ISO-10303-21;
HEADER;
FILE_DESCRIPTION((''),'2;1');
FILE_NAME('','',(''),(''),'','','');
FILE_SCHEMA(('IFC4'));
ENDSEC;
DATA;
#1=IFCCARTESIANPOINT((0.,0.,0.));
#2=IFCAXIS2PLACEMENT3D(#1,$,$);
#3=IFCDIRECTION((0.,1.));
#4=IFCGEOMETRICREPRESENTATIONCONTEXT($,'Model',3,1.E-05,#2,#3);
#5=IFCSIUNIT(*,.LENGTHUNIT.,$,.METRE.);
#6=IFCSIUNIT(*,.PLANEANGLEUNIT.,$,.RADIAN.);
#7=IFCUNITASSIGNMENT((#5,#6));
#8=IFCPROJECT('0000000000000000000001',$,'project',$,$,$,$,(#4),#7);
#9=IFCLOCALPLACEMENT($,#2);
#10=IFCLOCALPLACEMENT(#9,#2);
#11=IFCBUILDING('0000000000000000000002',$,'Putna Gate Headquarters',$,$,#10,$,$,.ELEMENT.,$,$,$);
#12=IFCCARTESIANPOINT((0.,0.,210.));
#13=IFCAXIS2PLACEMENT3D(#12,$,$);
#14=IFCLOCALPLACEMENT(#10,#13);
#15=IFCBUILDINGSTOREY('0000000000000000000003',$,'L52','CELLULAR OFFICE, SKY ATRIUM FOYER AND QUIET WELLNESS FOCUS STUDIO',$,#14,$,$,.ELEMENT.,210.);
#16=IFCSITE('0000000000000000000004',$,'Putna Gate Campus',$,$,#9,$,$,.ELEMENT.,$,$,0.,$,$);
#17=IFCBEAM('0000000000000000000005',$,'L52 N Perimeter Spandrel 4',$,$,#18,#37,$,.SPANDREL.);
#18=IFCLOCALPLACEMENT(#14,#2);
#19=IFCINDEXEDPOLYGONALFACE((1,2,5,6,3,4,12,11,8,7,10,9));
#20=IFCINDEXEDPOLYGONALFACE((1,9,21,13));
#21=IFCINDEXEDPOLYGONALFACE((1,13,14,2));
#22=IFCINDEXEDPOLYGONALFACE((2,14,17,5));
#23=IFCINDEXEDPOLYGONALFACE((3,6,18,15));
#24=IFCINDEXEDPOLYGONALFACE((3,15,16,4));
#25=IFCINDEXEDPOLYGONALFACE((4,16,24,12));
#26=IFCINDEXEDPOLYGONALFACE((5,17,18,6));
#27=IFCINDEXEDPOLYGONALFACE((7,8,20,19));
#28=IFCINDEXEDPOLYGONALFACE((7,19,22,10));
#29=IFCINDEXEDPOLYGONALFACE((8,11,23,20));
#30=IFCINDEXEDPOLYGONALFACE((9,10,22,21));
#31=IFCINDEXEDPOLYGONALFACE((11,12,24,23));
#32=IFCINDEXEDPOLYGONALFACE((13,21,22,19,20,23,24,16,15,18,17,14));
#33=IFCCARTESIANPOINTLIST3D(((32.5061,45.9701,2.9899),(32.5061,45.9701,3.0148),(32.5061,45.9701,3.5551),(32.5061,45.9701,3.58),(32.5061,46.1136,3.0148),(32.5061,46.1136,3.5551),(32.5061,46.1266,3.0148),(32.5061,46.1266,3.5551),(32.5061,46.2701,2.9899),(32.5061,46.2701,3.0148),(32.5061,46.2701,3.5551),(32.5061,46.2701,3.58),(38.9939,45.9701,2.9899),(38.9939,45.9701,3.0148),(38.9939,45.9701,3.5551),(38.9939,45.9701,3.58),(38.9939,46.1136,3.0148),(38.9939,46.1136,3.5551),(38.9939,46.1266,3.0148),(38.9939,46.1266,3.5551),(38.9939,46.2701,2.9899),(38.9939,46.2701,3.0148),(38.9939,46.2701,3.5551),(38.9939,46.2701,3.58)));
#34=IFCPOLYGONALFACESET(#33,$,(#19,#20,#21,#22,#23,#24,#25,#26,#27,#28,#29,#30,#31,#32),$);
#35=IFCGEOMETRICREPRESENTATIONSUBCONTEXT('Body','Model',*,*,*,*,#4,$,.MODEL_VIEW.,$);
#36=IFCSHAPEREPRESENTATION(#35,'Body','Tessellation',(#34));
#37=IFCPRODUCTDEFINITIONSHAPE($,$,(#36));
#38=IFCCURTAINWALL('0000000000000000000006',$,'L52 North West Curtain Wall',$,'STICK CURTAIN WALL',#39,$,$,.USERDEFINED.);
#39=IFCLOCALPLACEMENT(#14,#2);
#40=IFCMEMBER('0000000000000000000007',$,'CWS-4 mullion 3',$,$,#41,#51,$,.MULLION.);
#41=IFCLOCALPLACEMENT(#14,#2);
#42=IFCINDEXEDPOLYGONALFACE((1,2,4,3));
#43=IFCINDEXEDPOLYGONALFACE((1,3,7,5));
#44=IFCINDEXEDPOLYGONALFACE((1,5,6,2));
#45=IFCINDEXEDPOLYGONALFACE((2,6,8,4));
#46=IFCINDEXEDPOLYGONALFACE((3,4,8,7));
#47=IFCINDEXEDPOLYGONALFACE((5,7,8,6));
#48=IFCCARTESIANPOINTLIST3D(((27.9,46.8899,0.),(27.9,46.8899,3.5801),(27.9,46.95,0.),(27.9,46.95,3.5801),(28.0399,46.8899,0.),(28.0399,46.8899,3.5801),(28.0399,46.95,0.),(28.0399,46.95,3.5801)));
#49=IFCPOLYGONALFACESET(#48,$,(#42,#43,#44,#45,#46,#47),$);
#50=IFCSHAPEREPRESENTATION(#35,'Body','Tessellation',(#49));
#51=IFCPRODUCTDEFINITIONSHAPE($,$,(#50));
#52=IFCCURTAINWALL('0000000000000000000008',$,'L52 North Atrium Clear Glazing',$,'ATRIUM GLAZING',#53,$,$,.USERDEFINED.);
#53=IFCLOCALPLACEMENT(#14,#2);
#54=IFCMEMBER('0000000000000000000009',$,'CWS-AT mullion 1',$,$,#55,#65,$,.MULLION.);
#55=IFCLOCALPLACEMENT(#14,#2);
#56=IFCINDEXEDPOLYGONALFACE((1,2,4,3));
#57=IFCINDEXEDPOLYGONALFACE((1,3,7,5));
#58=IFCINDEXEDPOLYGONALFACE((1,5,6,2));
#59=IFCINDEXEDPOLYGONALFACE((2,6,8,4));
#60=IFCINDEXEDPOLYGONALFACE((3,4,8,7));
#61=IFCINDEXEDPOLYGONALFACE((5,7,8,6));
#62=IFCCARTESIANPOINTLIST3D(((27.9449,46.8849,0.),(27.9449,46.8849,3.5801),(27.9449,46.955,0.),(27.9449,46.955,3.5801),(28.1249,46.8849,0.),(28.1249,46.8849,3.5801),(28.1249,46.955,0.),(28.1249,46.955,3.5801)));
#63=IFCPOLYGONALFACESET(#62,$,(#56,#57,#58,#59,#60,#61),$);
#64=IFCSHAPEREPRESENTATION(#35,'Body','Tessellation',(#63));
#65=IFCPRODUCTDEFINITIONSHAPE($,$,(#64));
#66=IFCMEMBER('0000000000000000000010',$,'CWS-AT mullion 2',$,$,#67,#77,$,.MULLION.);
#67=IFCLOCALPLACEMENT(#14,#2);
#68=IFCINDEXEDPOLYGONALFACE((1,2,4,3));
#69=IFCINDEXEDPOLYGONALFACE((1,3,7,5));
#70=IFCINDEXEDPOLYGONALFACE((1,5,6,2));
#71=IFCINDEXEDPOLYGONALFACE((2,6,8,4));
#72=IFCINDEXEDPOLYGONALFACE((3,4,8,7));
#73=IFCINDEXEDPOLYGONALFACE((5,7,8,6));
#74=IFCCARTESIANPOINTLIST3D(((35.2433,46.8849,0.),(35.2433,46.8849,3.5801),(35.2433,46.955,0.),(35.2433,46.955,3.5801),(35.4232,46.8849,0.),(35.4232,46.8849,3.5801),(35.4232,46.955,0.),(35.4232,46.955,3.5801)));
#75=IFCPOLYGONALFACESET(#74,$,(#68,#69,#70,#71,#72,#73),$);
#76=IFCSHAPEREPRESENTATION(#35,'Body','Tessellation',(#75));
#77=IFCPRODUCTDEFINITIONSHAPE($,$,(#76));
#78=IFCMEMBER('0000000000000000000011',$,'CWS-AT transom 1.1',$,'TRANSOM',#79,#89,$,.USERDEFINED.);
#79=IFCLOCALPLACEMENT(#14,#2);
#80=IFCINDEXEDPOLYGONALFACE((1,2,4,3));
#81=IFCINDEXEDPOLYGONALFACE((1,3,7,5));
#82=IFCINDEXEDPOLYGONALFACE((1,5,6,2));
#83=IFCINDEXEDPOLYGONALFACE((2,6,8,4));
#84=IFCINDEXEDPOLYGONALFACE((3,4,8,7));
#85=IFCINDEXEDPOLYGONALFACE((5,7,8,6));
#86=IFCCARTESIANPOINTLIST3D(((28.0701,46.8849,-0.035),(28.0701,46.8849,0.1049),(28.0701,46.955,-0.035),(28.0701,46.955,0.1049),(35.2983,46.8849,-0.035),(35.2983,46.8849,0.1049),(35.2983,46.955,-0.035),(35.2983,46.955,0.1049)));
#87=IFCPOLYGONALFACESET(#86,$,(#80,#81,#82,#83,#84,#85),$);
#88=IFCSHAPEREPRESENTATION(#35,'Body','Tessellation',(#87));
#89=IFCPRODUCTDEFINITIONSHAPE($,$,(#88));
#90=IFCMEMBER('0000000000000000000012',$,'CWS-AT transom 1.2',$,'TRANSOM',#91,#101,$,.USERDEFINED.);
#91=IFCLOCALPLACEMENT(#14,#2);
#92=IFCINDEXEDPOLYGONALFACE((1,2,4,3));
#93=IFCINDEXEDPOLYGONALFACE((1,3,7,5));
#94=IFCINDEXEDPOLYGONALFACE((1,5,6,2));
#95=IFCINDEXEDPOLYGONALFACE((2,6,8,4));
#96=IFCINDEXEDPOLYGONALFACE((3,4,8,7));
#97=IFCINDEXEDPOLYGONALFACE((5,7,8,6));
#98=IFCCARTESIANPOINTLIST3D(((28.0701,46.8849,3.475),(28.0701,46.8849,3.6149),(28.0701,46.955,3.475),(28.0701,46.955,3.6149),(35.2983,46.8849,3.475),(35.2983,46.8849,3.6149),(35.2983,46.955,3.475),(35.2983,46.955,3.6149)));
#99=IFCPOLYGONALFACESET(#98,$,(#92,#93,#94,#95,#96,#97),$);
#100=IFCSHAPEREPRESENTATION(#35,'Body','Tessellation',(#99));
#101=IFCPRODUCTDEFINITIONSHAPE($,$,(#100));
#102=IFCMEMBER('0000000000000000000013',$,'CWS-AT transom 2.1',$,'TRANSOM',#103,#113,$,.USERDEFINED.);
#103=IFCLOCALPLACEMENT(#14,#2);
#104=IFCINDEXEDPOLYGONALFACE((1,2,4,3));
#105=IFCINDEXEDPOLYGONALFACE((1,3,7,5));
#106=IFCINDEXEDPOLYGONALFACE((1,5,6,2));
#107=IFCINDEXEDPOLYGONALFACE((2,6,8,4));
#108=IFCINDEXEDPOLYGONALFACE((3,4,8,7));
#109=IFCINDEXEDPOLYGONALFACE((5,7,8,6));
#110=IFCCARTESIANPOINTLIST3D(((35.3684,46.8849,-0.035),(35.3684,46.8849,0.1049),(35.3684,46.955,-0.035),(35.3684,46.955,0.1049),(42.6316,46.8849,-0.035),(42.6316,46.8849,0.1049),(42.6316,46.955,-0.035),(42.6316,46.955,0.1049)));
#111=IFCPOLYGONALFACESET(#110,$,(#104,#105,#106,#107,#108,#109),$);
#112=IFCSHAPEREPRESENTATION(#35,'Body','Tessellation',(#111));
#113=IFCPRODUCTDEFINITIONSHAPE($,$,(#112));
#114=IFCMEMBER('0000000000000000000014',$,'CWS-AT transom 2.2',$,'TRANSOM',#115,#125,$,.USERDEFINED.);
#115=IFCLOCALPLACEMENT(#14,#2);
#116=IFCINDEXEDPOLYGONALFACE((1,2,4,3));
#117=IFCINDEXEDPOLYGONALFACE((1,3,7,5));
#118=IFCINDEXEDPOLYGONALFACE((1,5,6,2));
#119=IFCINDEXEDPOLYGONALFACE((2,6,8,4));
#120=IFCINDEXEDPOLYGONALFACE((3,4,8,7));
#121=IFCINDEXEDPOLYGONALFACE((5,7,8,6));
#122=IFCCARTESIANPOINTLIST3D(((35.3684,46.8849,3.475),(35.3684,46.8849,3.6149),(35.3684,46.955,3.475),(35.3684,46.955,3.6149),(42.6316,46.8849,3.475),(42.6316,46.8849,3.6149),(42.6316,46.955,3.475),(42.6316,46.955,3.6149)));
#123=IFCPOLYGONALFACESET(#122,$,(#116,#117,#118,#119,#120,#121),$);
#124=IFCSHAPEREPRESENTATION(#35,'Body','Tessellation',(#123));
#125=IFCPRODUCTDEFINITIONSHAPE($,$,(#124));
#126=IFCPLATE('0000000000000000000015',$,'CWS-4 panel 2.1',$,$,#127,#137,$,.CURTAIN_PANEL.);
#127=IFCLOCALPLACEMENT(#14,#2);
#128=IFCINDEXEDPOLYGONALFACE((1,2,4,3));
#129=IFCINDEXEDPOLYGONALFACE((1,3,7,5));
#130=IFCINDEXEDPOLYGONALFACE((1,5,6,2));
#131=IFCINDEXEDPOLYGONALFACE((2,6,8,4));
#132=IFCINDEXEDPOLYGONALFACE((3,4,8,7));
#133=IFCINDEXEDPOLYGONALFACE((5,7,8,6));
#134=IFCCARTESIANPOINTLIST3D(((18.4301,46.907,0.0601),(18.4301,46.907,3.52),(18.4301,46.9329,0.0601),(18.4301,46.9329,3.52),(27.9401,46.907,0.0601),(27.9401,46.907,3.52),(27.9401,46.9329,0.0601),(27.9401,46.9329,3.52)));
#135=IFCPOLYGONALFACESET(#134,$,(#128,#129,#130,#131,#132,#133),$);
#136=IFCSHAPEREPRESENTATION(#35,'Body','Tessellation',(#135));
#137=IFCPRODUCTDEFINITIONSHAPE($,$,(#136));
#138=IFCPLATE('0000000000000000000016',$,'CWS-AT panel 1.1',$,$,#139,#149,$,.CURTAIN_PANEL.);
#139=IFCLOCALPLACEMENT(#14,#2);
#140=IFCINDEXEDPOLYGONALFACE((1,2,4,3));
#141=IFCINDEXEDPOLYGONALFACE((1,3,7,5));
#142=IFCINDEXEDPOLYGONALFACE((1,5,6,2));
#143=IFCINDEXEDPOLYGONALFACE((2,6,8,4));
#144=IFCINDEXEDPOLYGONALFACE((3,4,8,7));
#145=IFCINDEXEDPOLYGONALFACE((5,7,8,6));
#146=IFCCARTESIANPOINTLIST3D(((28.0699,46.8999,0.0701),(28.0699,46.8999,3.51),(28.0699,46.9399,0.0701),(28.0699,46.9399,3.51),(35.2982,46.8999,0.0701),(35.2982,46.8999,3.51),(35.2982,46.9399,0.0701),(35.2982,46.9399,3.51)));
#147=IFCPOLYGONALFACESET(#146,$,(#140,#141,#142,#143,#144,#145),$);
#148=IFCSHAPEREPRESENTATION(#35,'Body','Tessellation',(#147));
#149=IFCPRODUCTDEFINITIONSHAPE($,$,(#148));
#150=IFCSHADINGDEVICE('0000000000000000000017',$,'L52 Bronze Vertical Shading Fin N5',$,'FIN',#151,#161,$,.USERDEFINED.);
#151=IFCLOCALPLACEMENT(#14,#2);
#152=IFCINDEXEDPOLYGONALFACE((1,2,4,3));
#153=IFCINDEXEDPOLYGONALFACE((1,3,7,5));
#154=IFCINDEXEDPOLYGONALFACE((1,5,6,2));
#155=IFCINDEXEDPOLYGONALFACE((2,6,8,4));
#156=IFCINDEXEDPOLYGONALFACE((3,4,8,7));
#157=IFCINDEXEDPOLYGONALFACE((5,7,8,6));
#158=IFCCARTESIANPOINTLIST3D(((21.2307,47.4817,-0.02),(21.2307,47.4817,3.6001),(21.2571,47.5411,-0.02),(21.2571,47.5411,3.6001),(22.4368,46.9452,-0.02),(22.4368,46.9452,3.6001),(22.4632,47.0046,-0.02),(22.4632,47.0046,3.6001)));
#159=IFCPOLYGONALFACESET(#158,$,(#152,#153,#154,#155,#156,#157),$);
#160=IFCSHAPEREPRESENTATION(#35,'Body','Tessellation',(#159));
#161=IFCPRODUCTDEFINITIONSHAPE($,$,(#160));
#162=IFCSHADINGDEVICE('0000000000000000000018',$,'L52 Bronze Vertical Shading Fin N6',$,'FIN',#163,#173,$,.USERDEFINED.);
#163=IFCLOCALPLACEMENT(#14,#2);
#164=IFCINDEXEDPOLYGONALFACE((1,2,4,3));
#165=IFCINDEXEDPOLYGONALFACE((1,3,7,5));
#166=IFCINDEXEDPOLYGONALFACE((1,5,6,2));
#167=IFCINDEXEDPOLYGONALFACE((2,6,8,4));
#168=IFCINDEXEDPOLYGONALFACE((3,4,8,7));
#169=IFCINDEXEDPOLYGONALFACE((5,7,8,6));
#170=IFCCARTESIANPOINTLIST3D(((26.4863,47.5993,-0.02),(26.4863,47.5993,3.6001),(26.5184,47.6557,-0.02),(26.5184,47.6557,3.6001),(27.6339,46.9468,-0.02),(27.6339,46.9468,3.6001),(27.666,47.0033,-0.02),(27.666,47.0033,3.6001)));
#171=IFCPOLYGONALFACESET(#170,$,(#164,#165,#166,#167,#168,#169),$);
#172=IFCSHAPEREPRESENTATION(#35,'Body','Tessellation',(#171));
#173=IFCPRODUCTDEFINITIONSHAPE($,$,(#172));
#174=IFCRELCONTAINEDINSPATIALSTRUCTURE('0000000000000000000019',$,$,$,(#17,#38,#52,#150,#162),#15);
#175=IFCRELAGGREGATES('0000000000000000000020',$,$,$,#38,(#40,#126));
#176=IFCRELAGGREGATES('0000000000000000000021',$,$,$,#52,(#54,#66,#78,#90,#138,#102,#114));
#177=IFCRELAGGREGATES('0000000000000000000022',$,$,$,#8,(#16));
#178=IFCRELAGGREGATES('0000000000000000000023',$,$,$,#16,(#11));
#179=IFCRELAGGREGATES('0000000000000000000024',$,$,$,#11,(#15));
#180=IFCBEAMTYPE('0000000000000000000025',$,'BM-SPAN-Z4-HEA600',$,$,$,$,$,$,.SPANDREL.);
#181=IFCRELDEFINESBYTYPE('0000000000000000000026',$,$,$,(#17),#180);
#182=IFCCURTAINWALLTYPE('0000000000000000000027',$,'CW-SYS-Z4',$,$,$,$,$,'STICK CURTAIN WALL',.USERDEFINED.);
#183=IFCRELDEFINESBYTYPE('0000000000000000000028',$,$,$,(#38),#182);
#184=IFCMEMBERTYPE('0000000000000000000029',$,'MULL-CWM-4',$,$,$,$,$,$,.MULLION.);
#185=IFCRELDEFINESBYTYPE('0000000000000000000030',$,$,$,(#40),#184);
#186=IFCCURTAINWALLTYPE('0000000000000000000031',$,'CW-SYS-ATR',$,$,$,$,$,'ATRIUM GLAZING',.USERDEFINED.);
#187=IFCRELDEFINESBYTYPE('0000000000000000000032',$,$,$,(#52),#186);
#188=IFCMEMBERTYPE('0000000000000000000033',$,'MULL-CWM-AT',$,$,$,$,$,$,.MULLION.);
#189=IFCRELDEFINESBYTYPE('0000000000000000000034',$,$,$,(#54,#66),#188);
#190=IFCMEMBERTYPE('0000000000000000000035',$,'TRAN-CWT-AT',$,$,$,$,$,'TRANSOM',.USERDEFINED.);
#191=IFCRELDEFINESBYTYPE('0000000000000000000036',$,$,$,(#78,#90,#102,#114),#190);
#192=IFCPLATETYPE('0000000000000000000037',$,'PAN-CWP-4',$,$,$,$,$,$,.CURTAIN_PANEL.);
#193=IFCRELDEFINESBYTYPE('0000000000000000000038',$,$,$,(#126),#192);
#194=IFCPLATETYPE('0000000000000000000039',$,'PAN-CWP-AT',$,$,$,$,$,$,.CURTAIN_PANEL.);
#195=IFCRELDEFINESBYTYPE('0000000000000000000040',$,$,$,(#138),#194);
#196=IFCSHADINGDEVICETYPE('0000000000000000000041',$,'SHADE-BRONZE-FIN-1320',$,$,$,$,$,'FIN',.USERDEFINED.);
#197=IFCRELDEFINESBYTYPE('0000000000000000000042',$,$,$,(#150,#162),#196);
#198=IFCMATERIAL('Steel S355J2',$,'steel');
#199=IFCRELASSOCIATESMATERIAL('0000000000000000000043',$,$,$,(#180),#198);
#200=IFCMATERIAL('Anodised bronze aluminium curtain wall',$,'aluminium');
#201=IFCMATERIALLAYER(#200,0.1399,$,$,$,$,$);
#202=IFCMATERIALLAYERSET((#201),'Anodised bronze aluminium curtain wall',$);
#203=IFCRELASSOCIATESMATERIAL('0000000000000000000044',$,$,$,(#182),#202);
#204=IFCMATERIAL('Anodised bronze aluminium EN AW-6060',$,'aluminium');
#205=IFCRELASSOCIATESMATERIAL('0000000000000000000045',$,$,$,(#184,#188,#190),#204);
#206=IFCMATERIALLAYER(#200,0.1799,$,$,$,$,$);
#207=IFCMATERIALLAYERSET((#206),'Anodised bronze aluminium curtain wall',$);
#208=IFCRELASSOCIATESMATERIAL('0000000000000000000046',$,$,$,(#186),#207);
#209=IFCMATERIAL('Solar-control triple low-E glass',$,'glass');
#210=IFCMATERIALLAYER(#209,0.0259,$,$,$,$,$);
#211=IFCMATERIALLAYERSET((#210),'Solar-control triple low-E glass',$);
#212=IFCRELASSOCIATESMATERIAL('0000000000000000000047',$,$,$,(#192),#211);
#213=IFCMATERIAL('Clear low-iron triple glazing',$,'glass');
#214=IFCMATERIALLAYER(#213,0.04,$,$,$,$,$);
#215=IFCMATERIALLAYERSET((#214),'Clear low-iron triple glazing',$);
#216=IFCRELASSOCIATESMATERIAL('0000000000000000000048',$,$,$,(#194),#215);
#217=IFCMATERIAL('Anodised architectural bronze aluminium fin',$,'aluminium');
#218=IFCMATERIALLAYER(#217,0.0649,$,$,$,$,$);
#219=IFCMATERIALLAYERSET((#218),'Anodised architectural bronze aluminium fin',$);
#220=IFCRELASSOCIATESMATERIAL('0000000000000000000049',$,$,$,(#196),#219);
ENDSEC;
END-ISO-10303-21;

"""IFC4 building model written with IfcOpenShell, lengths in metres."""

from ifc_helpers import new_model, si_unit, direction, frame, origin, origin_2d, place, context, subcontext, project, spatial, rectangle, i_section, extrude, material, layer, layer_set, material_profile, profile_set, type_object, element, aggregate, save


model = new_model("IFC4")

# Units and contexts
model_context = context("Model", 3, precision=1e-05, world=origin(), true_north=direction((0.0, 1.0)))
body_context = subcontext(model_context, "Body", "Model", "MODEL_VIEW")
ifc_project = project(units=[si_unit("LENGTHUNIT", "METRE"), si_unit("PLANEANGLEUNIT", "RADIAN")], contexts=[model_context])

# Site, building, storey
site_placement = place(None, origin())
site = spatial("IfcSite", under=ifc_project, at=site_placement, Name="Putna Gate Campus", CompositionType="ELEMENT", RefElevation=0.0)
building_placement = place(site_placement, origin())
building = spatial("IfcBuilding", under=site, at=building_placement, Name="Putna Gate Headquarters", CompositionType="ELEMENT")
storey_placement = place(building_placement, frame((0.0, 0.0, 210.0)))
storey = spatial("IfcBuildingStorey", under=building, at=storey_placement, Name="L52", Description="CELLULAR OFFICE, SKY ATRIUM FOYER AND QUIET WELLNESS FOCUS STUDIO", CompositionType="ELEMENT", Elevation=210.0)

# Beam
ifc_material_1 = material(Name="Steel S355J2", Category="steel")
ifc_material_profile_1 = material_profile(ifc_material_1, i_section(OverallWidth=0.3, OverallDepth=0.5901, WebThickness=0.0129, FlangeThickness=0.0249, at=origin_2d()), Name="Steel S355J2")
ifc_profile_set_1 = profile_set([ifc_material_profile_1], Name="Steel S355J2")
beam_type_1 = type_object("IfcBeamType", Name="BM-SPAN-Z4-HEA600", PredefinedType="SPANDREL", material=ifc_profile_set_1)
for number, where, z_axis, x_axis, name in (
    (1, (32.5061, 46.1201, 3.2849), (1.0, 0.0, 0.0), (0.0, 1.0, 0.0), "L52 N Perimeter Spandrel 4"),
):
    element("IfcBeam", number, at=place(storey_placement, frame(where, z_axis=z_axis, x_axis=x_axis)), inside=storey, type_object=beam_type_1, Name=name, PredefinedType="SPANDREL", context=body_context, shape_type="SweptSolid", body=[
        extrude(i_section(OverallWidth=0.3, OverallDepth=0.5901, WebThickness=0.0129, FlangeThickness=0.0249, at=origin_2d()), origin(), (0.0, 0.0, 1.0), 6.4878),
    ])

# Curtain wall, member
ifc_material_2 = material(Name="Anodised bronze aluminium curtain wall", Category="aluminium")
ifc_layer_1 = layer(ifc_material_2, 0.1399)
ifc_layer_set_1 = layer_set([ifc_layer_1], Name="Anodised bronze aluminium curtain wall")
curtain_wall_type_1 = type_object("IfcCurtainWallType", Name="CW-SYS-Z4", ElementType="STICK CURTAIN WALL", PredefinedType="USERDEFINED", material=ifc_layer_set_1)
curtain_wall_1_placement = place(storey_placement, origin())
curtain_wall_1 = element("IfcCurtainWall", 2, at=curtain_wall_1_placement, inside=storey, type_object=curtain_wall_type_1, Name="L52 North West Curtain Wall", ObjectType="STICK CURTAIN WALL", PredefinedType="USERDEFINED")
ifc_material_3 = material(Name="Anodised bronze aluminium EN AW-6060", Category="aluminium")
ifc_material_profile_2 = material_profile(ifc_material_3, rectangle(XDim=0.0601, YDim=0.1399, at=origin_2d()), Name="Anodised bronze aluminium EN AW-6060")
ifc_profile_set_2 = profile_set([ifc_material_profile_2], Name="Anodised bronze aluminium EN AW-6060")
member_type_1 = type_object("IfcMemberType", Name="MULL-CWM-4", PredefinedType="MULLION", material=ifc_profile_set_2)
member_1_placement = place(storey_placement, frame((27.97, 46.9199, 0.0), z_axis=(0.0, 0.0, 1.0), x_axis=(0.0, 1.0, 0.0)))
member_1 = element("IfcMember", 3, at=member_1_placement, type_object=member_type_1, Name="CWS-4 mullion 3", PredefinedType="MULLION", context=body_context, shape_type="SweptSolid", body=[
    extrude(rectangle(XDim=0.0601, YDim=0.1399, at=origin_2d()), origin(), (0.0, 0.0, 1.0), 3.5801),
])

# Curtain wall, members
ifc_layer_2 = layer(ifc_material_2, 0.1799)
ifc_layer_set_2 = layer_set([ifc_layer_2], Name="Anodised bronze aluminium curtain wall")
curtain_wall_type_2 = type_object("IfcCurtainWallType", Name="CW-SYS-ATR", ElementType="ATRIUM GLAZING", PredefinedType="USERDEFINED", material=ifc_layer_set_2)
curtain_wall_2_placement = place(storey_placement, origin())
curtain_wall_2 = element("IfcCurtainWall", 4, at=curtain_wall_2_placement, inside=storey, type_object=curtain_wall_type_2, Name="L52 North Atrium Clear Glazing", ObjectType="ATRIUM GLAZING", PredefinedType="USERDEFINED")
ifc_material_profile_3 = material_profile(ifc_material_3, rectangle(XDim=0.0701, YDim=0.1799, at=origin_2d()), Name="Anodised bronze aluminium EN AW-6060")
ifc_profile_set_3 = profile_set([ifc_material_profile_3], Name="Anodised bronze aluminium EN AW-6060")
member_type_2 = type_object("IfcMemberType", Name="MULL-CWM-AT", PredefinedType="MULLION", material=ifc_profile_set_3)
member_2_placement = place(storey_placement, frame((28.0349, 46.9199, 0.0), z_axis=(0.0, 0.0, 1.0), x_axis=(0.0, 1.0, 0.0)))
member_2 = element("IfcMember", 5, at=member_2_placement, type_object=member_type_2, Name="CWS-AT mullion 1", PredefinedType="MULLION", context=body_context, shape_type="SweptSolid", body=[
    extrude(rectangle(XDim=0.0701, YDim=0.1799, at=origin_2d()), origin(), (0.0, 0.0, 1.0), 3.5801),
])
member_3_placement = place(storey_placement, frame((35.3333, 46.9199, 0.0), z_axis=(0.0, 0.0, 1.0), x_axis=(0.0, 1.0, 0.0)))
member_3 = element("IfcMember", 6, at=member_3_placement, type_object=member_type_2, Name="CWS-AT mullion 2", PredefinedType="MULLION", context=body_context, shape_type="SweptSolid", body=[
    extrude(rectangle(XDim=0.0701, YDim=0.1799, at=origin_2d()), origin(), (0.0, 0.0, 1.0), 3.5801),
])
ifc_material_profile_4 = material_profile(ifc_material_3, rectangle(XDim=0.0701, YDim=0.1399, at=origin_2d()), Name="Anodised bronze aluminium EN AW-6060")
ifc_profile_set_4 = profile_set([ifc_material_profile_4], Name="Anodised bronze aluminium EN AW-6060")
member_type_3 = type_object("IfcMemberType", Name="TRAN-CWT-AT", ElementType="TRANSOM", PredefinedType="USERDEFINED", material=ifc_profile_set_4)
member_4_placement = place(storey_placement, frame((28.0701, 46.9199, 0.0349), z_axis=(1.0, 0.0, 0.0), x_axis=(0.0, 1.0, 0.0)))
member_4 = element("IfcMember", 7, at=member_4_placement, type_object=member_type_3, Name="CWS-AT transom 1.1", ObjectType="TRANSOM", PredefinedType="USERDEFINED", context=body_context, shape_type="SweptSolid", body=[
    extrude(rectangle(XDim=0.0701, YDim=0.1399, at=origin_2d()), origin(), (0.0, 0.0, 1.0), 7.2283),
])
member_5_placement = place(storey_placement, frame((28.0701, 46.9199, 3.5449), z_axis=(1.0, 0.0, 0.0), x_axis=(0.0, 1.0, 0.0)))
member_5 = element("IfcMember", 8, at=member_5_placement, type_object=member_type_3, Name="CWS-AT transom 1.2", ObjectType="TRANSOM", PredefinedType="USERDEFINED", context=body_context, shape_type="SweptSolid", body=[
    extrude(rectangle(XDim=0.0701, YDim=0.1399, at=origin_2d()), origin(), (0.0, 0.0, 1.0), 7.2283),
])
member_6_placement = place(storey_placement, frame((35.3684, 46.9199, 0.0349), z_axis=(1.0, 0.0, 0.0), x_axis=(0.0, 1.0, 0.0)))
member_6 = element("IfcMember", 9, at=member_6_placement, type_object=member_type_3, Name="CWS-AT transom 2.1", ObjectType="TRANSOM", PredefinedType="USERDEFINED", context=body_context, shape_type="SweptSolid", body=[
    extrude(rectangle(XDim=0.0701, YDim=0.1399, at=origin_2d()), origin(), (0.0, 0.0, 1.0), 7.2632),
])
member_7_placement = place(storey_placement, frame((35.3684, 46.9199, 3.5449), z_axis=(1.0, 0.0, 0.0), x_axis=(0.0, 1.0, 0.0)))
member_7 = element("IfcMember", 10, at=member_7_placement, type_object=member_type_3, Name="CWS-AT transom 2.2", ObjectType="TRANSOM", PredefinedType="USERDEFINED", context=body_context, shape_type="SweptSolid", body=[
    extrude(rectangle(XDim=0.0701, YDim=0.1399, at=origin_2d()), origin(), (0.0, 0.0, 1.0), 7.2632),
])

# Plates
ifc_material_4 = material(Name="Solar-control triple low-E glass", Category="glass")
ifc_layer_3 = layer(ifc_material_4, 0.0259)
ifc_layer_set_3 = layer_set([ifc_layer_3], Name="Solar-control triple low-E glass")
plate_type_1 = type_object("IfcPlateType", Name="PAN-CWP-4", PredefinedType="CURTAIN_PANEL", material=ifc_layer_set_3)
plate_1_placement = place(storey_placement, frame((23.1851, 46.9199, 0.0601), z_axis=(0.0, 0.0, 1.0), x_axis=(1.0, 0.0, 0.0)))
plate_1 = element("IfcPlate", 11, at=plate_1_placement, type_object=plate_type_1, Name="CWS-4 panel 2.1", PredefinedType="CURTAIN_PANEL", context=body_context, shape_type="SweptSolid", body=[
    extrude(rectangle(XDim=9.51, YDim=0.0259, at=origin_2d()), origin(), (0.0, 0.0, 1.0), 3.46),
])
aggregate(curtain_wall_1, [member_1, plate_1])
ifc_material_5 = material(Name="Clear low-iron triple glazing", Category="glass")
ifc_layer_4 = layer(ifc_material_5, 0.04)
ifc_layer_set_4 = layer_set([ifc_layer_4], Name="Clear low-iron triple glazing")
plate_type_2 = type_object("IfcPlateType", Name="PAN-CWP-AT", PredefinedType="CURTAIN_PANEL", material=ifc_layer_set_4)
plate_2_placement = place(storey_placement, frame((31.6841, 46.9199, 0.0701), z_axis=(0.0, 0.0, 1.0), x_axis=(1.0, 0.0, 0.0)))
plate_2 = element("IfcPlate", 12, at=plate_2_placement, type_object=plate_type_2, Name="CWS-AT panel 1.1", PredefinedType="CURTAIN_PANEL", context=body_context, shape_type="SweptSolid", body=[
    extrude(rectangle(XDim=7.2283, YDim=0.04, at=origin_2d()), origin(), (0.0, 0.0, 1.0), 3.4399),
])
aggregate(curtain_wall_2, [member_2, member_3, member_4, member_5, plate_2, member_6, member_7])

# Shading devices
ifc_material_6 = material(Name="Anodised architectural bronze aluminium fin", Category="aluminium")
ifc_layer_5 = layer(ifc_material_6, 0.0649)
ifc_layer_set_5 = layer_set([ifc_layer_5], Name="Anodised architectural bronze aluminium fin")
shading_device_type = type_object("IfcShadingDeviceType", Name="SHADE-BRONZE-FIN-1320", ElementType="FIN", PredefinedType="USERDEFINED", material=ifc_layer_set_5)
for number, where, z_axis, x_axis, name in (
    (13, (21.8469, 47.2432, -0.02), (0.0, 0.0, 1.0), (-0.913687, 0.406418, 0.0), "L52 Bronze Vertical Shading Fin N5"),
    (14, (27.0762, 47.3013, -0.02), (0.0, 0.0, 1.0), (-0.869322, 0.494245, 0.0), "L52 Bronze Vertical Shading Fin N6"),
):
    element("IfcShadingDevice", number, at=place(storey_placement, frame(where, z_axis=z_axis, x_axis=x_axis)), inside=storey, type_object=shading_device_type, Name=name, ObjectType="FIN", PredefinedType="USERDEFINED", context=body_context, shape_type="SweptSolid", body=[
        extrude(rectangle(XDim=1.3201, YDim=0.0649, at=origin_2d()), origin(), (0.0, 0.0, 1.0), 3.6201),
    ])

save(model, "model.ifc")
